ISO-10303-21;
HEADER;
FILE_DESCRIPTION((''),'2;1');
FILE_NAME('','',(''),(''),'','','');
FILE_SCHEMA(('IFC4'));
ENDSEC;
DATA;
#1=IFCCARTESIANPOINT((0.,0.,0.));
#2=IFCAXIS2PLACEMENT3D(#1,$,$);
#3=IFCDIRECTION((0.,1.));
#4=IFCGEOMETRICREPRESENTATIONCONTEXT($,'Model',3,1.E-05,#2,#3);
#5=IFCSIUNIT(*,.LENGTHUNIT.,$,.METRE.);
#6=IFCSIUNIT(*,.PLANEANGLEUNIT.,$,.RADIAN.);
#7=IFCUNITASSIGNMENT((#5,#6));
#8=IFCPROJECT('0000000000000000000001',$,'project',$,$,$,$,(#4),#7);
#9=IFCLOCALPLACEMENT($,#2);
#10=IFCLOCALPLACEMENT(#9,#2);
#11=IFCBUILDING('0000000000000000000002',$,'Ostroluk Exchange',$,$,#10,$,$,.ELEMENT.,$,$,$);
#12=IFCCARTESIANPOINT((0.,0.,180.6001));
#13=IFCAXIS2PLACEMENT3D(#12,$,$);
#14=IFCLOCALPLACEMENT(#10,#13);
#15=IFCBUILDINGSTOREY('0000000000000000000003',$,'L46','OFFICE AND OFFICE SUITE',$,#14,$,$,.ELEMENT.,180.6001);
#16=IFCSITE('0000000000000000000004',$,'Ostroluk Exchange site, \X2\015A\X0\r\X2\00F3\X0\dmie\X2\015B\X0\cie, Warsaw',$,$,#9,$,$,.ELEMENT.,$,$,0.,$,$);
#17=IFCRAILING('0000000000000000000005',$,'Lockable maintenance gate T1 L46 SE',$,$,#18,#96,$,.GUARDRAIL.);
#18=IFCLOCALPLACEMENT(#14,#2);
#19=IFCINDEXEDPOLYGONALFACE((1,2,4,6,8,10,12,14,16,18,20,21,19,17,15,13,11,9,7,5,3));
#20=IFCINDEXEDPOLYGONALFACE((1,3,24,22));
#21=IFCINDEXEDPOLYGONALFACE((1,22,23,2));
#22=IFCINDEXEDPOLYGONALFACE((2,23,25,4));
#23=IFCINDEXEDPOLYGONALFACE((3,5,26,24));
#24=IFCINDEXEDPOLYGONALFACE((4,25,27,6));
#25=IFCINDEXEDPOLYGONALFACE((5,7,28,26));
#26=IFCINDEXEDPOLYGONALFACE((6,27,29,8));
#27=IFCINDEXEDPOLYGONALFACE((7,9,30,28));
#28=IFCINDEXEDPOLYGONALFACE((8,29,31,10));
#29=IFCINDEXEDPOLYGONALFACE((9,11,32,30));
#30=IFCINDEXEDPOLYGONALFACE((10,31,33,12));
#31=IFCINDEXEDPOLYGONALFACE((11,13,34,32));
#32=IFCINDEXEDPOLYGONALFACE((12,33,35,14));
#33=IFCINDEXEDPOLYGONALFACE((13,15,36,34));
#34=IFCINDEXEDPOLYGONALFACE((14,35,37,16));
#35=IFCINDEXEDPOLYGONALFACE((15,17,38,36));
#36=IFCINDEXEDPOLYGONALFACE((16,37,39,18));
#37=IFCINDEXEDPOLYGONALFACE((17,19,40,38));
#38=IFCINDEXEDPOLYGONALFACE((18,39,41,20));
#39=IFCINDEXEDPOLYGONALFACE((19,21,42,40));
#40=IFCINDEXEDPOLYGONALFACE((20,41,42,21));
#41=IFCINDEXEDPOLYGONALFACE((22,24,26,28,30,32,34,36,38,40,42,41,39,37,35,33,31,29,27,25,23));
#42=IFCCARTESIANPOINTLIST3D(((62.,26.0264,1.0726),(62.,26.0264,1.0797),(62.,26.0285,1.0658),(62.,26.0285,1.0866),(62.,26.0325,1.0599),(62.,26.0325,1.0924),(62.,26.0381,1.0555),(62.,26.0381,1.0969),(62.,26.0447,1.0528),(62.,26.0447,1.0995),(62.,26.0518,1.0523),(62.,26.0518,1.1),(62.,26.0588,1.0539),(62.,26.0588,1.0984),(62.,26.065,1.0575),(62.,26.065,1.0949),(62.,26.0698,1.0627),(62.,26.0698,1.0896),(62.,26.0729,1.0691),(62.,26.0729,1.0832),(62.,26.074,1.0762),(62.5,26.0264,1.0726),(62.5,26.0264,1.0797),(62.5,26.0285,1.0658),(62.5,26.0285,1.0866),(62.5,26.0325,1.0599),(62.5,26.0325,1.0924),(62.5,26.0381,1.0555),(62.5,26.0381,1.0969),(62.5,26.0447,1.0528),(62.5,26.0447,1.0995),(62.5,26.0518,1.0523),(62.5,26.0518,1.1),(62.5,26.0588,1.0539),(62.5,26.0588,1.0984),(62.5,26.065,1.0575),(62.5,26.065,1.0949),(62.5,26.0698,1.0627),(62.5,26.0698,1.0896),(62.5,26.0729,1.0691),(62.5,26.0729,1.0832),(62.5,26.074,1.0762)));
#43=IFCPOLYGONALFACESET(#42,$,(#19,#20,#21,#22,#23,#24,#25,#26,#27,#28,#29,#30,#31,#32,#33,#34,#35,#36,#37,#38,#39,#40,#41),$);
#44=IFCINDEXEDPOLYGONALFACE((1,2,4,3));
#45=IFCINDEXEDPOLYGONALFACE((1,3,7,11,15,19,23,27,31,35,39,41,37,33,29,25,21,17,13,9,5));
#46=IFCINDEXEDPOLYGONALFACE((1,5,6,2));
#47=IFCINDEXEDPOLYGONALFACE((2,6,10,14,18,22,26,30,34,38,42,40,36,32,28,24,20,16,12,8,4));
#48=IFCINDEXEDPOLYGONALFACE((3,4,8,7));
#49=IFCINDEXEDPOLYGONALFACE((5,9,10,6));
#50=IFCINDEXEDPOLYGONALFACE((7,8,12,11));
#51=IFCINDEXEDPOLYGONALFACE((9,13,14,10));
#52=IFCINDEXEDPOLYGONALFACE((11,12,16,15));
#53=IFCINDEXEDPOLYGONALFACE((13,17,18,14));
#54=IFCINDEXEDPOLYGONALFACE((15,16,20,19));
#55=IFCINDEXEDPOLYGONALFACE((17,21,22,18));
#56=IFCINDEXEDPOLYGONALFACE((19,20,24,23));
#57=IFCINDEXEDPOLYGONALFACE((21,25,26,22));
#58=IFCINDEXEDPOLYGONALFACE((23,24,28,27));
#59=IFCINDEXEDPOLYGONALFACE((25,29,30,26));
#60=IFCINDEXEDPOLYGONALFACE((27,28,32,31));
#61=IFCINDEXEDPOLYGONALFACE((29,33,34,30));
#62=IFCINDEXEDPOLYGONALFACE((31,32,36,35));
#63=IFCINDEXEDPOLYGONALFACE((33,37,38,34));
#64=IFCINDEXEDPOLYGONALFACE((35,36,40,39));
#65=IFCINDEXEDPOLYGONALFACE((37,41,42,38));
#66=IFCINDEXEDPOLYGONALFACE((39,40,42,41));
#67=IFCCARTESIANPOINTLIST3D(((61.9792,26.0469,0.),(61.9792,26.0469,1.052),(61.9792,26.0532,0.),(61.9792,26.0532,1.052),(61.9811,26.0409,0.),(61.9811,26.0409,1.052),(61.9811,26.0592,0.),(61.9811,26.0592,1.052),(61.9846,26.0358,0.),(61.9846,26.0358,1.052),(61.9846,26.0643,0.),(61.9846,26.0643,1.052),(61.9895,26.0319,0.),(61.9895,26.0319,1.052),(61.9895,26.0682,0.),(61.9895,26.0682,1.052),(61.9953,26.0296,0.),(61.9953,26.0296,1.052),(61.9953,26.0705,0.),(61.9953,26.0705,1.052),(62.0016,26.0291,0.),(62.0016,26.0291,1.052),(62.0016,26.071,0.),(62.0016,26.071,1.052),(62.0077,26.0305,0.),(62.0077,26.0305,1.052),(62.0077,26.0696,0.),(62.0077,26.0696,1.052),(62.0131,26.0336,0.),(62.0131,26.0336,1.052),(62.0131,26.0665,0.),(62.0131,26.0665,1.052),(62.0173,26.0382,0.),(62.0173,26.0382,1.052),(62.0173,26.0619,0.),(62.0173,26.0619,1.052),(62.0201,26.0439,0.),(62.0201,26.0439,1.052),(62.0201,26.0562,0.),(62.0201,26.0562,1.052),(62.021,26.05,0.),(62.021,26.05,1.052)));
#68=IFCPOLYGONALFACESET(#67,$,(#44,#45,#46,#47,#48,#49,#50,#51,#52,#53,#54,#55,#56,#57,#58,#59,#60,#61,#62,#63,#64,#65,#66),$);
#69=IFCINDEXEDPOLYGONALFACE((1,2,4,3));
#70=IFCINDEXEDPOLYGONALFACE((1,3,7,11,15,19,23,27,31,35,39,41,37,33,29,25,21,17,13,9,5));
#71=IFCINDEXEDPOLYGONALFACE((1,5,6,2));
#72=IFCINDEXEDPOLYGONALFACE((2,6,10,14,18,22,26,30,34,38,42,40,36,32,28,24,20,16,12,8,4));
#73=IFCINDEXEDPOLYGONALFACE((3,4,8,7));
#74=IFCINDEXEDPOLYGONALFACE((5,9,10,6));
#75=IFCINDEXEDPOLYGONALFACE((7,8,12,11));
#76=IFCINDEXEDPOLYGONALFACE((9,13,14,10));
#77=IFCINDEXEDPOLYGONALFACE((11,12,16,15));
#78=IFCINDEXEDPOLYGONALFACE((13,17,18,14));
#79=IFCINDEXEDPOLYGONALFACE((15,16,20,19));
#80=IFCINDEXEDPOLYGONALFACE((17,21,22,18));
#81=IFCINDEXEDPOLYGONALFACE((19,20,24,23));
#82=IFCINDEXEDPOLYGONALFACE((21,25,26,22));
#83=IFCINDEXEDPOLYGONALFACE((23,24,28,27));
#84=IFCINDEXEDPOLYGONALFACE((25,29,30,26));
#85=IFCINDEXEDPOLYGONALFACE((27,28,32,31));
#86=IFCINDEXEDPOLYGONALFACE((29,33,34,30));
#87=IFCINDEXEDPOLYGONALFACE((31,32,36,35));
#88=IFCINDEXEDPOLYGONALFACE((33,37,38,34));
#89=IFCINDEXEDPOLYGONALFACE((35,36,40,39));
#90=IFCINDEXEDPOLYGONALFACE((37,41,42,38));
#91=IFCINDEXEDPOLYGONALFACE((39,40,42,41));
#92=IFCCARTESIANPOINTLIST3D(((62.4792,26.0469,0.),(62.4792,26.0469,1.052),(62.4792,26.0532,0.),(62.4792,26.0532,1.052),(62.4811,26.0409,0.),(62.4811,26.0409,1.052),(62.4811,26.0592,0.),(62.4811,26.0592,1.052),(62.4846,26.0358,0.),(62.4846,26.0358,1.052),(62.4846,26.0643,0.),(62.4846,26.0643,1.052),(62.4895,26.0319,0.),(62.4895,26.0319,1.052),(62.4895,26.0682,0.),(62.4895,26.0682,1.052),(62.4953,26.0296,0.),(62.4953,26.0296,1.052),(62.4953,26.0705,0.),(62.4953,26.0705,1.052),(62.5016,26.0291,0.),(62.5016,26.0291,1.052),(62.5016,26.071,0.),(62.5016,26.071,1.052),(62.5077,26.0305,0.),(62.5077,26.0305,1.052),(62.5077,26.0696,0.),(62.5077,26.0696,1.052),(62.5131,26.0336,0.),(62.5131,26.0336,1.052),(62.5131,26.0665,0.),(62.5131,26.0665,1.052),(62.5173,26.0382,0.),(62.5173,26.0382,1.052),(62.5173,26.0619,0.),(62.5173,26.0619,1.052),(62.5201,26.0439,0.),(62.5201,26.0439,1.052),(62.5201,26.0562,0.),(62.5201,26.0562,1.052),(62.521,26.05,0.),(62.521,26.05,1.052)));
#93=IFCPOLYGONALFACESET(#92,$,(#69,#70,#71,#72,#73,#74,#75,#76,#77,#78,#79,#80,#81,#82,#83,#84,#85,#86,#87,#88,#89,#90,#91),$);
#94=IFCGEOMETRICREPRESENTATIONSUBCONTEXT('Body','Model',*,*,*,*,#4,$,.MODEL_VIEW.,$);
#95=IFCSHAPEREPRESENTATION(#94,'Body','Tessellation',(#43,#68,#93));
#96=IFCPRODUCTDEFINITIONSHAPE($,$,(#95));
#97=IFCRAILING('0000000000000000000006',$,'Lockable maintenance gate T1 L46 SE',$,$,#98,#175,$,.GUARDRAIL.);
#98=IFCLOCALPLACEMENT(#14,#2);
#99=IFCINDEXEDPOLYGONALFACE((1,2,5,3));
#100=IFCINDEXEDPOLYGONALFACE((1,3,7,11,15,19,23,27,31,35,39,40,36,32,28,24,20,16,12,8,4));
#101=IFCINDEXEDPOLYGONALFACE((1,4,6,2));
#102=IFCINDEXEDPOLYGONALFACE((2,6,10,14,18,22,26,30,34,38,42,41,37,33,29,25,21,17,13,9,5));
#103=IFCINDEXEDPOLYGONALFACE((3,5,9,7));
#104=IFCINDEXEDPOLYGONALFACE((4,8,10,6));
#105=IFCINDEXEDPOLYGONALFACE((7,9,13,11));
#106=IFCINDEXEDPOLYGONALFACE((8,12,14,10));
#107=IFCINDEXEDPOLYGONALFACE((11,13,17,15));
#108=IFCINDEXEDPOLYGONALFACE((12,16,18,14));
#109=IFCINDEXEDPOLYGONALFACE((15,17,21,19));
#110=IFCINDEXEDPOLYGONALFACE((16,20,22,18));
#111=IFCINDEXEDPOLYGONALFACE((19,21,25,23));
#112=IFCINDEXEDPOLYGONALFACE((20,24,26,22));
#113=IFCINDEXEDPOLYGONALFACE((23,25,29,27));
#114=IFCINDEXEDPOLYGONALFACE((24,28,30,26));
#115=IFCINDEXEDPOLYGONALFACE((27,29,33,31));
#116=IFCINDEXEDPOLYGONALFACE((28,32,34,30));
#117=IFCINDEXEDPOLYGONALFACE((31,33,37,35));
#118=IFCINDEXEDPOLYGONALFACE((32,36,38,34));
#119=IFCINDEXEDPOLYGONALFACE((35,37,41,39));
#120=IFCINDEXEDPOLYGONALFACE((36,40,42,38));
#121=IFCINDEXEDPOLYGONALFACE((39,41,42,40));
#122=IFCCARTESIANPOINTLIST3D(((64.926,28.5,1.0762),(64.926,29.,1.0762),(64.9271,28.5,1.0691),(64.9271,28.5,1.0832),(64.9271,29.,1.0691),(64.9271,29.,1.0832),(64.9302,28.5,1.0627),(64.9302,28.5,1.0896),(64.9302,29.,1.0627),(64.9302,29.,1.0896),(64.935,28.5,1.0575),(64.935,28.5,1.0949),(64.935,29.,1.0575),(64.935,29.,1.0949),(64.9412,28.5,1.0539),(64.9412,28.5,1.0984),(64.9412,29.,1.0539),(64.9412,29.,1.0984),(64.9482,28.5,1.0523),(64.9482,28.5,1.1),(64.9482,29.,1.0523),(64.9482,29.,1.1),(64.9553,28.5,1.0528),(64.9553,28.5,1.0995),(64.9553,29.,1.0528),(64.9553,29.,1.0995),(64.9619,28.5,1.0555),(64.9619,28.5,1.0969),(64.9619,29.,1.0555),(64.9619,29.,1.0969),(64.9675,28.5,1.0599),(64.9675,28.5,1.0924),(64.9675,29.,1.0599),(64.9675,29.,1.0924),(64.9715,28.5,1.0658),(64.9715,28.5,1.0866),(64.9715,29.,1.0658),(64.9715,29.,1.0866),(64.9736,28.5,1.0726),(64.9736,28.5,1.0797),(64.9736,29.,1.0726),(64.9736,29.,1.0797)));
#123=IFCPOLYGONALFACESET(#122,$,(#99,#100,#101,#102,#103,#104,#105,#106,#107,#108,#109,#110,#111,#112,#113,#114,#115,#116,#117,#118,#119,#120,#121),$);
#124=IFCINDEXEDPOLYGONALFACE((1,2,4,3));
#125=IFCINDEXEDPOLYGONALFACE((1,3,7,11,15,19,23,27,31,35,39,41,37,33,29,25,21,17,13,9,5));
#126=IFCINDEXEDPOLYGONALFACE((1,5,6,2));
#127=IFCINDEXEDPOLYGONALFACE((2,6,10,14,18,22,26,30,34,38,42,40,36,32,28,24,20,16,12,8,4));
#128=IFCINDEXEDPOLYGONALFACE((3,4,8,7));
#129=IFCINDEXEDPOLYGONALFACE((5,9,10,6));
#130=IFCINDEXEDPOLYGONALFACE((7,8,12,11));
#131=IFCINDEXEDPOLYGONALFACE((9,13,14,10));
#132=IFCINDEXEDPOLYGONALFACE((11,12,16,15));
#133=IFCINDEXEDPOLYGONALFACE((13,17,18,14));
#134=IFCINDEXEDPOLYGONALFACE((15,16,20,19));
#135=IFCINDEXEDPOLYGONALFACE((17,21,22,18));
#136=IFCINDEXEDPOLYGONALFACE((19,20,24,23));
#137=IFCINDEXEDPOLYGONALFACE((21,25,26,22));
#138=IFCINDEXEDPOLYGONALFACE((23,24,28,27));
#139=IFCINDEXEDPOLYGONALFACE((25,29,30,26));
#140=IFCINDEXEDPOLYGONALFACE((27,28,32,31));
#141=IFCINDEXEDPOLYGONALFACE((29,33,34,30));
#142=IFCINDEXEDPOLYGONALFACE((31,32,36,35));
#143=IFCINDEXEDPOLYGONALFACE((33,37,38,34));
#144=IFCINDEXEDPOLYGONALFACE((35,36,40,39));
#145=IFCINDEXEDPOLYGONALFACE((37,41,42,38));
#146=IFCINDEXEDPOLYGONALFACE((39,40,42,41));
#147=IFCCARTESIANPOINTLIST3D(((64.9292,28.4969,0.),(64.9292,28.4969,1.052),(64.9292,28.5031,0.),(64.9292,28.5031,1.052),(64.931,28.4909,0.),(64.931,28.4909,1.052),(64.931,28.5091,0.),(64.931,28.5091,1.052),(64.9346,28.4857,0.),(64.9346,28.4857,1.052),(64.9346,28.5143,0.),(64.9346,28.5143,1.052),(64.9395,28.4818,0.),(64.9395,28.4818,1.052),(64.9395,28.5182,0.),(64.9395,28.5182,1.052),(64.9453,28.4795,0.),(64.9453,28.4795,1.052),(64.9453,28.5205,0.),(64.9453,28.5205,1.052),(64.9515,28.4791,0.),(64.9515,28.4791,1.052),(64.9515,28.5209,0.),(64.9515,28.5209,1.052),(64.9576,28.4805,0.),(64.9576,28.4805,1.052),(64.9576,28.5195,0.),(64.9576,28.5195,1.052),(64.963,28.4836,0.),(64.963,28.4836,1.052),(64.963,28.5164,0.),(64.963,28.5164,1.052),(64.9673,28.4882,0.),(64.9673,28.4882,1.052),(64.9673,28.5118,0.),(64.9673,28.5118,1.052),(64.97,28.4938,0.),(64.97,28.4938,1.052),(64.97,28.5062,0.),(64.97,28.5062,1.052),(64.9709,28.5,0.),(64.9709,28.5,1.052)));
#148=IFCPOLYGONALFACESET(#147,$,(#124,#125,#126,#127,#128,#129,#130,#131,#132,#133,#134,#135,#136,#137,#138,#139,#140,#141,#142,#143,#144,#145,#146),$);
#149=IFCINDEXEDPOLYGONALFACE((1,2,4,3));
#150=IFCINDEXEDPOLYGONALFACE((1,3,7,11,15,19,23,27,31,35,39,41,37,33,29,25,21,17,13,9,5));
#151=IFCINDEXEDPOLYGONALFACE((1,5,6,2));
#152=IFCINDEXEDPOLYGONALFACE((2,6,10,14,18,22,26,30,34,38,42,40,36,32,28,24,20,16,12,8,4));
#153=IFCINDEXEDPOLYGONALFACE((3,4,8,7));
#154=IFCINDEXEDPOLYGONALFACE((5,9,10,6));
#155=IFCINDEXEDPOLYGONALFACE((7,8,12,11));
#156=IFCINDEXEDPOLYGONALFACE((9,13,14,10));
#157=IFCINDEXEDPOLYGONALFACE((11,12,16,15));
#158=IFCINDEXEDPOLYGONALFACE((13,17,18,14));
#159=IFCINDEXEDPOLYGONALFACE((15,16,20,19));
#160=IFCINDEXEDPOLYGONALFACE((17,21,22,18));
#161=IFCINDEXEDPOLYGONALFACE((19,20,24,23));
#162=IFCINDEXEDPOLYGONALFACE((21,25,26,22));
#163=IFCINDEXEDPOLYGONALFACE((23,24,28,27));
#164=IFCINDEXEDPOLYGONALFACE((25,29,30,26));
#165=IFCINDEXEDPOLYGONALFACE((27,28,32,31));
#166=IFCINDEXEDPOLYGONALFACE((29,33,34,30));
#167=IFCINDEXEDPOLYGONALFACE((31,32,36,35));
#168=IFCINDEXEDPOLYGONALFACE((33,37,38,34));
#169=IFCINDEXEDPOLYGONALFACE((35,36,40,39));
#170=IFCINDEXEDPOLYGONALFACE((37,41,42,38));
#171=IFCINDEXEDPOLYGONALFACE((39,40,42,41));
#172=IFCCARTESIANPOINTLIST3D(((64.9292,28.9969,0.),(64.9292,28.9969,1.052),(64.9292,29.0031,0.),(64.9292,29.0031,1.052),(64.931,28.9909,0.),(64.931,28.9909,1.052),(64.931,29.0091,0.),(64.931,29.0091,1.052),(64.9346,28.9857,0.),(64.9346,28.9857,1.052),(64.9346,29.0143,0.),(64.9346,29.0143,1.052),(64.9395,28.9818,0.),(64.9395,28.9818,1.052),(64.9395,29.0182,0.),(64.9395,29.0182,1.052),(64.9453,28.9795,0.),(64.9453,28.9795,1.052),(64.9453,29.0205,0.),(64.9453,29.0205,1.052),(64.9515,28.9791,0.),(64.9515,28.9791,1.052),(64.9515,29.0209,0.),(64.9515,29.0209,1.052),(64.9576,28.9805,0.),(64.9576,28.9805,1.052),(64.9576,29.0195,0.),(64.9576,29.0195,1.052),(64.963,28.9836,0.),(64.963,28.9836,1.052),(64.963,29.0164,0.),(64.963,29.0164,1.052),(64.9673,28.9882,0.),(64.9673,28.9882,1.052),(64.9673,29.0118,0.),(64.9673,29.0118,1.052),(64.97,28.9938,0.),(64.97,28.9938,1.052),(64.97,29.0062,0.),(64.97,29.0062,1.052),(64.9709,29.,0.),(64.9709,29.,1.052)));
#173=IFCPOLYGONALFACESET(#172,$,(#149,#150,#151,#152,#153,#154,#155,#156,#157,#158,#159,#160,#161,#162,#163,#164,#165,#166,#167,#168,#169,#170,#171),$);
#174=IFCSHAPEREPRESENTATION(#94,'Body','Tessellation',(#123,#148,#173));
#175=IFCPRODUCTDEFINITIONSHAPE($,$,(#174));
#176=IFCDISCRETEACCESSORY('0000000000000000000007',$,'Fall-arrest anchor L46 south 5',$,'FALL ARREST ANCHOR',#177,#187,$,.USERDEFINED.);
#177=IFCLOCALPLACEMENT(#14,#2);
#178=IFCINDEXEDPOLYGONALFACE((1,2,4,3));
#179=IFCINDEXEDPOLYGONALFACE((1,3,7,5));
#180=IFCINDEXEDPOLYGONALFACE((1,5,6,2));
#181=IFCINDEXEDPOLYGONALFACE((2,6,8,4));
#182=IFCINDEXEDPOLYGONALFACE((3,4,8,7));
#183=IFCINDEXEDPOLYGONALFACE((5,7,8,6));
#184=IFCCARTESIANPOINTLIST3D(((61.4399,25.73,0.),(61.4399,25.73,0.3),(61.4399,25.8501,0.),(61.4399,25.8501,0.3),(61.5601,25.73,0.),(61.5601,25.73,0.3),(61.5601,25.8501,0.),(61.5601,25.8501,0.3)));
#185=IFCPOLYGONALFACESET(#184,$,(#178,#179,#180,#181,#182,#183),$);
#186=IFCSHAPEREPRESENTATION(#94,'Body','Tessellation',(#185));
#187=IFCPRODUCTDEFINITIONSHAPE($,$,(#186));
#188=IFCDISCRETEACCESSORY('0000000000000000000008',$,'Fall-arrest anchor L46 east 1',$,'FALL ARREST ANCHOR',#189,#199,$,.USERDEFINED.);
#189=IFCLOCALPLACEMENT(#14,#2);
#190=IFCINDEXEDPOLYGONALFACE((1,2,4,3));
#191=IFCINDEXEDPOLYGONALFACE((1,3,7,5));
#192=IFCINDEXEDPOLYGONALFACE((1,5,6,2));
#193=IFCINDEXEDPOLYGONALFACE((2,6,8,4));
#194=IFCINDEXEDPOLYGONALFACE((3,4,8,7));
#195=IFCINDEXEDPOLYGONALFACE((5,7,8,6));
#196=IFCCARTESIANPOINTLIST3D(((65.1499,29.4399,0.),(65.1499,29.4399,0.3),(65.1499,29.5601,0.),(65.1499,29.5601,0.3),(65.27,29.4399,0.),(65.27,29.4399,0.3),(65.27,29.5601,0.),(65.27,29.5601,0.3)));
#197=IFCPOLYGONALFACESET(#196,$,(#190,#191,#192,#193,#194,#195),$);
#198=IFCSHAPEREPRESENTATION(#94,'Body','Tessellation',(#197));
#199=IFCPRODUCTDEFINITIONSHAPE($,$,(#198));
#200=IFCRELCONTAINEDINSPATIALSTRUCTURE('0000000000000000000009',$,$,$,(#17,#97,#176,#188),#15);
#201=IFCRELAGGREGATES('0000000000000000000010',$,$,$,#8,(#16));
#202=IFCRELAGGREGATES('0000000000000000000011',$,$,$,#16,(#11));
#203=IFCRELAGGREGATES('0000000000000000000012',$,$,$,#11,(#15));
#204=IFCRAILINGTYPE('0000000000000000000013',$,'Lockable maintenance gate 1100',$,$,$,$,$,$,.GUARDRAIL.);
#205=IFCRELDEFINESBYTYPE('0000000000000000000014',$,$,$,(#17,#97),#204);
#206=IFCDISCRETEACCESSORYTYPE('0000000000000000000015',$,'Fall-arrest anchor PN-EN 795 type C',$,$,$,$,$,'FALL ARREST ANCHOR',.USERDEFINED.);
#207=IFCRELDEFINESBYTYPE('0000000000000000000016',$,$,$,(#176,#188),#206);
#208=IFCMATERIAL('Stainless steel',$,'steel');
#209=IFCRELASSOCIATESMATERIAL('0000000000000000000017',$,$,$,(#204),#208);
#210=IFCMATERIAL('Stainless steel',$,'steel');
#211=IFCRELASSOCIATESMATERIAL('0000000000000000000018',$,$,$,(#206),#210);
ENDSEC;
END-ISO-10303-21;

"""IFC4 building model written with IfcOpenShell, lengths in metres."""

from ifc_helpers import new_model, si_unit, direction, frame, origin, origin_2d, place, context, subcontext, project, spatial, rectangle, circle, extrude, material, type_object, element, save


model = new_model("IFC4")

# Units and contexts
model_context = context("Model", 3, precision=1e-05, world=origin(), true_north=direction((0.0, 1.0)))
body_context = subcontext(model_context, "Body", "Model", "MODEL_VIEW")
ifc_project = project(units=[si_unit("LENGTHUNIT", "METRE"), si_unit("PLANEANGLEUNIT", "RADIAN")], contexts=[model_context])

# Site, building, storey
site_placement = place(None, origin())
site = spatial("IfcSite", under=ifc_project, at=site_placement, Name="Ostroluk Exchange site, Śródmieście, Warsaw", CompositionType="ELEMENT", RefElevation=0.0)
building_placement = place(site_placement, origin())
building = spatial("IfcBuilding", under=site, at=building_placement, Name="Ostroluk Exchange", CompositionType="ELEMENT")
storey_placement = place(building_placement, frame((0.0, 0.0, 180.6001)))
storey = spatial("IfcBuildingStorey", under=building, at=storey_placement, Name="L46", Description="OFFICE AND OFFICE SUITE", CompositionType="ELEMENT", Elevation=180.6001)

# Railings
ifc_material_1 = material(Name="Stainless steel", Category="steel")
railing_type_1 = type_object("IfcRailingType", Name="Lockable maintenance gate 1100", PredefinedType="GUARDRAIL", material=ifc_material_1)
railing_1_placement = place(storey_placement, frame((62.0, 26.05, 0.0)))
element("IfcRailing", 1, at=railing_1_placement, inside=storey, type_object=railing_type_1, Name="Lockable maintenance gate T1 L46 SE", PredefinedType="GUARDRAIL", context=body_context, shape_type="SweptSolid", body=[
    extrude(circle(Radius=0.0239, at=origin_2d()), frame((0.0, 0.0, 1.0762), z_axis=(1.0, 0.0, 0.0), x_axis=(0.0, 1.0, 0.0)), (0.0, 0.0, 1.0), 0.5),
    extrude(circle(Radius=0.021, at=origin_2d()), origin(), (0.0, 0.0, 1.0), 1.052),
    extrude(circle(Radius=0.021, at=origin_2d()), frame((0.5, 0.0, 0.0)), (0.0, 0.0, 1.0), 1.052),
])
railing_2_placement = place(storey_placement, frame((64.95, 28.5, 0.0)))
element("IfcRailing", 2, at=railing_2_placement, inside=storey, type_object=railing_type_1, Name="Lockable maintenance gate T1 L46 SE", PredefinedType="GUARDRAIL", context=body_context, shape_type="SweptSolid", body=[
    extrude(circle(Radius=0.0239, at=origin_2d()), frame((0.0, 0.0, 1.0762), z_axis=(0.0, 1.0, 0.0), x_axis=(-1.0, 0.0, 0.0)), (0.0, 0.0, 1.0), 0.5),
    extrude(circle(Radius=0.021, at=origin_2d()), origin(), (0.0, 0.0, 1.0), 1.052),
    extrude(circle(Radius=0.021, at=origin_2d()), frame((0.0, 0.5, 0.0)), (0.0, 0.0, 1.0), 1.052),
])

# Discrete accessories
ifc_material_2 = material(Name="Stainless steel", Category="steel")
discrete_accessory_type = type_object("IfcDiscreteAccessoryType", Name="Fall-arrest anchor PN-EN 795 type C", ElementType="FALL ARREST ANCHOR", PredefinedType="USERDEFINED", material=ifc_material_2)
for number, where, z_axis, x_axis, name in (
    (3, (61.5, 25.79, 0.0), (0.0, 0.0, 1.0), (1.0, 0.0, 0.0), "Fall-arrest anchor L46 south 5"),
    (4, (65.21, 29.5, 0.0), (0.0, 0.0, 1.0), (1.0, 0.0, 0.0), "Fall-arrest anchor L46 east 1"),
):
    element("IfcDiscreteAccessory", number, at=place(storey_placement, frame(where, z_axis=z_axis, x_axis=x_axis)), inside=storey, type_object=discrete_accessory_type, Name=name, ObjectType="FALL ARREST ANCHOR", PredefinedType="USERDEFINED", context=body_context, shape_type="SweptSolid", body=[
        extrude(rectangle(XDim=0.1201, YDim=0.1201, at=origin_2d()), origin(), (0.0, 0.0, 1.0), 0.3),
    ])

save(model, "model.ifc")
